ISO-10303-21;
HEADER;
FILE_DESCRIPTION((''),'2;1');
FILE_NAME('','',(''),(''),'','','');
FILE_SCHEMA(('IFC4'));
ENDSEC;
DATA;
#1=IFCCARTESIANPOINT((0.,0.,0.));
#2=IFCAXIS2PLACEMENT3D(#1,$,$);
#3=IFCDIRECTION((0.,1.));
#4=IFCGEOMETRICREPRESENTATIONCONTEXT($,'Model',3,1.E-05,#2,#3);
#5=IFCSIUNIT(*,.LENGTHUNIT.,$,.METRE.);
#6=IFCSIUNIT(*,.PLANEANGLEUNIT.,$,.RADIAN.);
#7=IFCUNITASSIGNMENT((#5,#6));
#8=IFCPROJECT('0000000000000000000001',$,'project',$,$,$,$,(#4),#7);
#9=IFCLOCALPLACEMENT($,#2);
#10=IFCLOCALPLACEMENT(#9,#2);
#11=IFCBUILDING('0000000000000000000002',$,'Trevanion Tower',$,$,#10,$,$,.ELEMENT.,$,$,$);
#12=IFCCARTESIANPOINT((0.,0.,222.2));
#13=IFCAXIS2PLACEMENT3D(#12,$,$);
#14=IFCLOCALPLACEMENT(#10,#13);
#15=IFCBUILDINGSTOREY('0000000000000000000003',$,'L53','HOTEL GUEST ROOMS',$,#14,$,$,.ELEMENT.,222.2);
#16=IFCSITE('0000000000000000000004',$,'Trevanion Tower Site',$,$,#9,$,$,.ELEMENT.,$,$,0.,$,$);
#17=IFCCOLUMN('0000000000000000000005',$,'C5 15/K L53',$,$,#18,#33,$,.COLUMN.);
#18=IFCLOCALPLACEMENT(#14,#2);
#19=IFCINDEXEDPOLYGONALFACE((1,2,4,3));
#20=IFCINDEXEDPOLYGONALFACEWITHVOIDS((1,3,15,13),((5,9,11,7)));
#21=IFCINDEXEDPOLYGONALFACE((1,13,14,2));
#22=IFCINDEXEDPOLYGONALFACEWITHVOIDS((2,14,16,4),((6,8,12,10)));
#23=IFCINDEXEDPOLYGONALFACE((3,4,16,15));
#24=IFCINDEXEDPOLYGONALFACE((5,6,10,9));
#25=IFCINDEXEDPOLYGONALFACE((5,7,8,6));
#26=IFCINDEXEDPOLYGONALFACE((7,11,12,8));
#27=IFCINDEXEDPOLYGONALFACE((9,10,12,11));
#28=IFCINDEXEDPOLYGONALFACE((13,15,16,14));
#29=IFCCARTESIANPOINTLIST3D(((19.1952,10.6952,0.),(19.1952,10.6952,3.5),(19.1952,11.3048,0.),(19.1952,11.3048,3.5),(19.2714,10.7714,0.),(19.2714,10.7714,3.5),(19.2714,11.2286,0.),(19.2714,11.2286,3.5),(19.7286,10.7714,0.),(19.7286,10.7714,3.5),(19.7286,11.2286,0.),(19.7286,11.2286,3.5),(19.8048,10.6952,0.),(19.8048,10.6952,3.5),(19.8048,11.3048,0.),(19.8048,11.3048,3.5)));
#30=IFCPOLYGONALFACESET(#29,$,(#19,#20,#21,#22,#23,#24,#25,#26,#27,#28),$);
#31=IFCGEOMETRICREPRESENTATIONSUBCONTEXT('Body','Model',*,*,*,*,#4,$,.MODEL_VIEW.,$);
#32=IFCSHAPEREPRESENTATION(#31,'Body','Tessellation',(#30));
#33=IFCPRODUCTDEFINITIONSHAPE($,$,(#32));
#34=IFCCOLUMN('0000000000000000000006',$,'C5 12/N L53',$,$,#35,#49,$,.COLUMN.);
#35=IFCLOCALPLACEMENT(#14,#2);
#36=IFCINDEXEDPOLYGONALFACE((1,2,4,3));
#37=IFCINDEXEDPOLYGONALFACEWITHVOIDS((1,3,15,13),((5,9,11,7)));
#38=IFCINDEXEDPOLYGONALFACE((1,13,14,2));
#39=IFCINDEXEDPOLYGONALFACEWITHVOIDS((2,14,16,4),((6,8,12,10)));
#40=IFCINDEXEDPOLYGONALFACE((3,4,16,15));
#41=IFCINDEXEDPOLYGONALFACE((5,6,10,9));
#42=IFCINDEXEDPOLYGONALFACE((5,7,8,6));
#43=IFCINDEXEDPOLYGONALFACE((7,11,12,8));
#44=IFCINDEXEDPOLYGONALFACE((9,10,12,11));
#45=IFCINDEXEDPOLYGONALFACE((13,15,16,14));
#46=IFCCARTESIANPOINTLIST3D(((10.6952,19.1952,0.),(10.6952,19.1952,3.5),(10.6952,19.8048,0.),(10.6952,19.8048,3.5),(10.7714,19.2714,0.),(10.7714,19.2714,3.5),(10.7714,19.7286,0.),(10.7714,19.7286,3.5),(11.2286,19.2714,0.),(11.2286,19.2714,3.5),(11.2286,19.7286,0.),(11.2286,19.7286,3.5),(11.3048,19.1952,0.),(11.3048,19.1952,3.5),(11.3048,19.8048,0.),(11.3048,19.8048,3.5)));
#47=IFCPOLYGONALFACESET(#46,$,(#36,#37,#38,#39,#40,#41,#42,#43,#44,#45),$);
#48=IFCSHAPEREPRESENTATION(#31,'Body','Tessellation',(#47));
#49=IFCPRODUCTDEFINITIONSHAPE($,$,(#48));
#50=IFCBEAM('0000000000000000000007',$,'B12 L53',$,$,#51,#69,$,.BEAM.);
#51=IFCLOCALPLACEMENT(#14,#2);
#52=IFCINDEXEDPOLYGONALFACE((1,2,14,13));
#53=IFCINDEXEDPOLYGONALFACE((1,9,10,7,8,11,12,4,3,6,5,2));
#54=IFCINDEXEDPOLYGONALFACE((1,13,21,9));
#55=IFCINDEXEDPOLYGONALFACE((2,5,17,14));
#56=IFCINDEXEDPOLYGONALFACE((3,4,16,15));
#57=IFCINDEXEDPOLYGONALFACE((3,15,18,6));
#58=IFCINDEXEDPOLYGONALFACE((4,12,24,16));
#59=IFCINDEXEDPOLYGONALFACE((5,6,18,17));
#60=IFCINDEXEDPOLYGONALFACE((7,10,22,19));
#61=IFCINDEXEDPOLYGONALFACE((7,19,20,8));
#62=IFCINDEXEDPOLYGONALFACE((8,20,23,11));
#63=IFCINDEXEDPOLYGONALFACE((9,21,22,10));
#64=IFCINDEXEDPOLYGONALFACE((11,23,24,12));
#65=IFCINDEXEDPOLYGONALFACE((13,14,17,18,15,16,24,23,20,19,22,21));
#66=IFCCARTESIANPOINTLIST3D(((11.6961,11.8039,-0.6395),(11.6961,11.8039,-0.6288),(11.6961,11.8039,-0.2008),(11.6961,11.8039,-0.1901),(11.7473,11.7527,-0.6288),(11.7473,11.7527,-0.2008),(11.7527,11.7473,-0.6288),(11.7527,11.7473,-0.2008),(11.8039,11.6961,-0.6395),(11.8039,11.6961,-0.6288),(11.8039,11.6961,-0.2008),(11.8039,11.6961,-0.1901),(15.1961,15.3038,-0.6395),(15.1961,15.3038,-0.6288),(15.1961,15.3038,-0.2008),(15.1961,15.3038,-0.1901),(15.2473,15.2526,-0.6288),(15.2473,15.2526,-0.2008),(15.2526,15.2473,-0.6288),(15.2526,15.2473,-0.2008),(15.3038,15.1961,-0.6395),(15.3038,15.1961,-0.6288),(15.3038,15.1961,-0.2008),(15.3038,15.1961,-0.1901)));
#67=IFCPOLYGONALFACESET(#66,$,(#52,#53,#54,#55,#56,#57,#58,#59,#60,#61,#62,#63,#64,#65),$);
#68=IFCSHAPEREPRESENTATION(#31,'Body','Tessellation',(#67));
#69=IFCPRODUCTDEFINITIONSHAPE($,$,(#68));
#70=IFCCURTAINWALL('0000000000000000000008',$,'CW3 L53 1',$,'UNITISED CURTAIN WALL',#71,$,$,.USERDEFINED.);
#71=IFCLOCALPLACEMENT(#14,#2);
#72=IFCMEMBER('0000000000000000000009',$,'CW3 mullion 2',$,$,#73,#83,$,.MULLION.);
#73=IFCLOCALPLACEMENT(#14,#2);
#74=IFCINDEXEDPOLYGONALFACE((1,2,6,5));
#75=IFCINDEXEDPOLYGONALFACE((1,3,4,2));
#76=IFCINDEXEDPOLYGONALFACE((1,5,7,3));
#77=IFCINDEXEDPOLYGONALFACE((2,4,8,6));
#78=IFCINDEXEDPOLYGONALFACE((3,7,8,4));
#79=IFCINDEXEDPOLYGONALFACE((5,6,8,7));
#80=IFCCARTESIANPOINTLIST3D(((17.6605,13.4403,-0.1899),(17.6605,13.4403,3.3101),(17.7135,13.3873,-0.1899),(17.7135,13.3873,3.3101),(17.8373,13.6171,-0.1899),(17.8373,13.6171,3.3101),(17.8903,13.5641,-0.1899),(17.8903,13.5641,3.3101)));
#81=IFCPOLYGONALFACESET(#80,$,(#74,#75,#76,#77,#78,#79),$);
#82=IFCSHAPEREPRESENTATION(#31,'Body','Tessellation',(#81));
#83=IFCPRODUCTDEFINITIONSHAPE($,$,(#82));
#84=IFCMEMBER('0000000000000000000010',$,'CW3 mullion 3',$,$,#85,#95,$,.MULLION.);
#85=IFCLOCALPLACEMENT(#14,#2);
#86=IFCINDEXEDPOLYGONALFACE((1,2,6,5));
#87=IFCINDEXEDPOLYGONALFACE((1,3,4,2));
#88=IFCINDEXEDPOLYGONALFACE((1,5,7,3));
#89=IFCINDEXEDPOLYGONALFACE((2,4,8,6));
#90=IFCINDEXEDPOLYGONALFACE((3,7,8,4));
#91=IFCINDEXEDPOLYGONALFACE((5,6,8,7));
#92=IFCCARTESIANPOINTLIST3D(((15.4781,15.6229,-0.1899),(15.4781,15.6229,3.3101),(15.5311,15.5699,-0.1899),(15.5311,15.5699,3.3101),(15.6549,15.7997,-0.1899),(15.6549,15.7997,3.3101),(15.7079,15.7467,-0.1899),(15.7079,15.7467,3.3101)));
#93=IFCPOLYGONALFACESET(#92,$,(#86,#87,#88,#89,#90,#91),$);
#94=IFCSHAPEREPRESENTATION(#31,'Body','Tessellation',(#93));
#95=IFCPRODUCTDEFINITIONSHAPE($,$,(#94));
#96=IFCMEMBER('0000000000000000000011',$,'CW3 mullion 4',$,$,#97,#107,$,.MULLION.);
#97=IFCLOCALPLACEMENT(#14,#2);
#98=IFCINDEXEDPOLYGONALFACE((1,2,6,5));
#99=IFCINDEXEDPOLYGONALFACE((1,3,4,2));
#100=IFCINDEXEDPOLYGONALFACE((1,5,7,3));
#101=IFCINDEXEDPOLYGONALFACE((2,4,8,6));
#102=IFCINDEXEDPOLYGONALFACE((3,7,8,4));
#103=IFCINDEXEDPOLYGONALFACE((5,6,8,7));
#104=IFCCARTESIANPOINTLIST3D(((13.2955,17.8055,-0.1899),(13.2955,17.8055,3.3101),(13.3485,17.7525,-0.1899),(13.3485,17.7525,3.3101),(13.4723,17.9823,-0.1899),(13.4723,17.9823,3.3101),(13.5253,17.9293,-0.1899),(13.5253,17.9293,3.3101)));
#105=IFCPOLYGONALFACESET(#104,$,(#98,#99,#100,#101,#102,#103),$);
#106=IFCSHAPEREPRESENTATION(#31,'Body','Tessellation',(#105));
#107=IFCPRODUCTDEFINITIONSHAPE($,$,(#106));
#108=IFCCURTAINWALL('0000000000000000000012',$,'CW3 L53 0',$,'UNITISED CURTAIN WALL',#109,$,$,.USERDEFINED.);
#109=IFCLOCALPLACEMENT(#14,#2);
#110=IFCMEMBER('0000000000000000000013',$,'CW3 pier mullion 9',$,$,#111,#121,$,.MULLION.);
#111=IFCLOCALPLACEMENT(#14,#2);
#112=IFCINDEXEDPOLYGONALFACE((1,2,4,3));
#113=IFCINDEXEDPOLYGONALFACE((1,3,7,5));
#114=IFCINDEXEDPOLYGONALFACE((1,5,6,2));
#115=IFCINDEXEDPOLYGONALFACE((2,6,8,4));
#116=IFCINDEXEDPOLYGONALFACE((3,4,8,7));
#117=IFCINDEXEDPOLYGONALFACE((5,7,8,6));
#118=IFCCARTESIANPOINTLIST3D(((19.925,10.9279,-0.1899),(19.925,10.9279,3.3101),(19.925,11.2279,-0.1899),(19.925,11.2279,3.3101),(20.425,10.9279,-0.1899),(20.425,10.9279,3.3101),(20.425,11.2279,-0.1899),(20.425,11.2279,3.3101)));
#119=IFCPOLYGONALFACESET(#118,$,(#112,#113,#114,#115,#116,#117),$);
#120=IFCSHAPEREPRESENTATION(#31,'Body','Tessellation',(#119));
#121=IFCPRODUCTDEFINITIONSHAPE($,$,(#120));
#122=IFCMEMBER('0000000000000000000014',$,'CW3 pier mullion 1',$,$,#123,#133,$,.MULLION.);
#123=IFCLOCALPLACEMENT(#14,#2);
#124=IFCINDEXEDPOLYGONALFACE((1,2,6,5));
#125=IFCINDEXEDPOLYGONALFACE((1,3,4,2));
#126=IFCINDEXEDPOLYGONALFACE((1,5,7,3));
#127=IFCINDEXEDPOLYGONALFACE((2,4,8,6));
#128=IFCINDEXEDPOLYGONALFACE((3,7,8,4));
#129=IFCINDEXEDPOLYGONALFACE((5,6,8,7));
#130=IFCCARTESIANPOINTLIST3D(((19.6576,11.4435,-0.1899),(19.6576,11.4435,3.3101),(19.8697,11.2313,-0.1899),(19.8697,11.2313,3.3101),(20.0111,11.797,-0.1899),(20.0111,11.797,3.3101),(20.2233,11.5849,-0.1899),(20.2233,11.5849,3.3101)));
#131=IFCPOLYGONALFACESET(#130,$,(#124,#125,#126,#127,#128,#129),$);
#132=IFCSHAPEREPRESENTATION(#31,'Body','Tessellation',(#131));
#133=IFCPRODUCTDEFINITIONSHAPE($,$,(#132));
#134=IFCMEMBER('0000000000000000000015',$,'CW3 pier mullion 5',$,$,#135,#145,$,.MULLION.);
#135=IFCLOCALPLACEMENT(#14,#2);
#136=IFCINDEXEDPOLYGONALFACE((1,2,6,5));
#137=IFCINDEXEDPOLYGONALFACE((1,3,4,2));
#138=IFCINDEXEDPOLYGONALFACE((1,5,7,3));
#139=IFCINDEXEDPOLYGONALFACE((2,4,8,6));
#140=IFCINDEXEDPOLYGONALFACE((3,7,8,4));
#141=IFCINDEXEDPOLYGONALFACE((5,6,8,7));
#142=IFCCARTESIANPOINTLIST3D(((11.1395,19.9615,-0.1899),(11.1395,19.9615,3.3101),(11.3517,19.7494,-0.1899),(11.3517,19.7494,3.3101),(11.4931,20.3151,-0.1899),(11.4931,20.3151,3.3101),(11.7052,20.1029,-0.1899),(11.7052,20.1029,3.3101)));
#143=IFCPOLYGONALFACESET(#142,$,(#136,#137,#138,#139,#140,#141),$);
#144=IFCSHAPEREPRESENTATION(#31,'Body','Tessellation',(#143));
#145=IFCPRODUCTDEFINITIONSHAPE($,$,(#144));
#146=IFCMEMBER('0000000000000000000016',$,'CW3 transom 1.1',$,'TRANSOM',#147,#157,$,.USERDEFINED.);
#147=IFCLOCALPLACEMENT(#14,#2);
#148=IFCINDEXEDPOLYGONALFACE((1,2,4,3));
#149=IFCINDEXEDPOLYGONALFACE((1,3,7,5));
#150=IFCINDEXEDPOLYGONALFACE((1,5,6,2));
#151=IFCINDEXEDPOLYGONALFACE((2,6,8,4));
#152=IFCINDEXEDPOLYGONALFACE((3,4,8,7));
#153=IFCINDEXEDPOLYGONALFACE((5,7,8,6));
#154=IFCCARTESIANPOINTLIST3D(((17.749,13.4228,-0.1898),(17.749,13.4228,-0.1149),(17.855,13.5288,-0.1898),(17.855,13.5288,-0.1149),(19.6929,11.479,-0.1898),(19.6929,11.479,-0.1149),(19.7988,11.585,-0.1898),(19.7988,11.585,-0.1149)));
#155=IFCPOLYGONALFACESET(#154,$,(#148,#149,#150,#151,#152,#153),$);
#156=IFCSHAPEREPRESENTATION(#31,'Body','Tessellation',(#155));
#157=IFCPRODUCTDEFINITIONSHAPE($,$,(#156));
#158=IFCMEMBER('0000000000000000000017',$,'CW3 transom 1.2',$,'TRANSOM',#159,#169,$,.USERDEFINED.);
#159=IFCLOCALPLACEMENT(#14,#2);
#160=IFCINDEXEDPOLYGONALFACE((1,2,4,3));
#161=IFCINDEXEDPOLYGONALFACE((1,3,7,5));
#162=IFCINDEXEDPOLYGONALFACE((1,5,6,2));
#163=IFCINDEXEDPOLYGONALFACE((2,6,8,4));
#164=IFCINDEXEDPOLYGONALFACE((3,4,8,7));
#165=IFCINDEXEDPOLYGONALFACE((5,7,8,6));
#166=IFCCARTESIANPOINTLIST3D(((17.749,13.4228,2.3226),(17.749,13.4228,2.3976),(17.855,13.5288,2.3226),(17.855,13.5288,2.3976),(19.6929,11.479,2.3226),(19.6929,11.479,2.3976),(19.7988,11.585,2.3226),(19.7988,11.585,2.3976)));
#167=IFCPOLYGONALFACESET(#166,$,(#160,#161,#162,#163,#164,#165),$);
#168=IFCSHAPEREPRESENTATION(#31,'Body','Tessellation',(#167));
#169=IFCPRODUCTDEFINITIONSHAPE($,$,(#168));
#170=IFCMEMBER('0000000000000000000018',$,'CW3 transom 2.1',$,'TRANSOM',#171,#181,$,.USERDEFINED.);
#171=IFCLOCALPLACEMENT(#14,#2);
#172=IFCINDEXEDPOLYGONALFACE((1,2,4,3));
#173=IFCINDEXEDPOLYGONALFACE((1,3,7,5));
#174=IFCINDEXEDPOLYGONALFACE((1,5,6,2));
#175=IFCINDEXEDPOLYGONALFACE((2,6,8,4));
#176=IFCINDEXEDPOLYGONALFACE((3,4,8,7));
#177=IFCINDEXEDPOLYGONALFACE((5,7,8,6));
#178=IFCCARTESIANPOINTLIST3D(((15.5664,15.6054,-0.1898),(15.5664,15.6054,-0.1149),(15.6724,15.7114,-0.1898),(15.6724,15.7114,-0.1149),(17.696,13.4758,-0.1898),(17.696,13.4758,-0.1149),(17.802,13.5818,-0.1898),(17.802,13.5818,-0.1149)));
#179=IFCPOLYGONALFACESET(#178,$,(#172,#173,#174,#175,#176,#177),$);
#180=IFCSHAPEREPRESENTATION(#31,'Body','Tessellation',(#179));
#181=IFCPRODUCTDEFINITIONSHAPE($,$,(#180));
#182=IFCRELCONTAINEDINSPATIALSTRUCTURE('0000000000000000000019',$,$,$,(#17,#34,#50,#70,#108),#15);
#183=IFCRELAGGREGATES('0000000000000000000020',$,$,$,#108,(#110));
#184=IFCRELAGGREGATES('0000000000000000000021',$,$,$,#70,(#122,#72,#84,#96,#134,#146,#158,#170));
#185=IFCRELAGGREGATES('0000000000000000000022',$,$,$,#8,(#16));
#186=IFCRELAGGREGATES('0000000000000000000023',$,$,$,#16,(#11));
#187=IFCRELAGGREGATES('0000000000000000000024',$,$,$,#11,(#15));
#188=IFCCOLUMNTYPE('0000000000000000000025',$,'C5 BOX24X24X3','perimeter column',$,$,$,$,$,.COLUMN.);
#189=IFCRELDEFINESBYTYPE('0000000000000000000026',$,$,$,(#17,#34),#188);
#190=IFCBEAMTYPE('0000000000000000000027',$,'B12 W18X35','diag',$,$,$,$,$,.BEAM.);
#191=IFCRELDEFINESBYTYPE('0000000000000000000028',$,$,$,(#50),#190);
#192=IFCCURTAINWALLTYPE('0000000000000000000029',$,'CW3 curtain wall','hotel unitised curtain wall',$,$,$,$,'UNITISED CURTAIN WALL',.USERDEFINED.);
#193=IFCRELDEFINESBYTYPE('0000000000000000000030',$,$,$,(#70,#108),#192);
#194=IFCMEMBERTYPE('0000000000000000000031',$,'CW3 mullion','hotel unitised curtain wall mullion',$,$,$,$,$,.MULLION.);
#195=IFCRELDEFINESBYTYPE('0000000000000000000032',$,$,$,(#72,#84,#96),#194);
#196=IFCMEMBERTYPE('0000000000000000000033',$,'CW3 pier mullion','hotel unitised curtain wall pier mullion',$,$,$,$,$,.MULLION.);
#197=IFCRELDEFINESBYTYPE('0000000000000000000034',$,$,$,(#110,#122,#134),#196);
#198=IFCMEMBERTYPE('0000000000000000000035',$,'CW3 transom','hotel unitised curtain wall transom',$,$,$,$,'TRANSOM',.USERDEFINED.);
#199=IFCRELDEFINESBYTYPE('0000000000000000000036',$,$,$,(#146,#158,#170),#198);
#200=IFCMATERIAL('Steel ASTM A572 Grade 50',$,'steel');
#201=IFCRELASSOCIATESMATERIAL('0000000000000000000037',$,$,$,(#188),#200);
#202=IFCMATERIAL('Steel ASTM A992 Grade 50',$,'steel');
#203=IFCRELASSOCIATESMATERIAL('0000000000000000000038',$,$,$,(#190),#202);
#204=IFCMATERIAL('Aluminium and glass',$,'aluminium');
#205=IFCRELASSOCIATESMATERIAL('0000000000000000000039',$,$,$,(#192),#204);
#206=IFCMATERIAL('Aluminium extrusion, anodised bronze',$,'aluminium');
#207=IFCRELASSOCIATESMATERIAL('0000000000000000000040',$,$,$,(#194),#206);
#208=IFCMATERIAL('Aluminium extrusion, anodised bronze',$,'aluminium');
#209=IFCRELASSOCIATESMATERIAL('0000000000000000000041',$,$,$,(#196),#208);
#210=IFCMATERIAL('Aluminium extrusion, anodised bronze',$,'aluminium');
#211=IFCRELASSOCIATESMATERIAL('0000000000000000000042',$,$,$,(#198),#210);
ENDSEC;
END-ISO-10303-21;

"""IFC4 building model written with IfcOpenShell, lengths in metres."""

from ifc_helpers import new_model, si_unit, direction, frame, origin, origin_2d, place, context, subcontext, project, spatial, rectangle, hollow_rectangle, i_section, extrude, material, material_profile, profile_set, type_object, element, aggregate, save


model = new_model("IFC4")

# Units and contexts
model_context = context("Model", 3, precision=1e-05, world=origin(), true_north=direction((0.0, 1.0)))
body_context = subcontext(model_context, "Body", "Model", "MODEL_VIEW")
ifc_project = project(units=[si_unit("LENGTHUNIT", "METRE"), si_unit("PLANEANGLEUNIT", "RADIAN")], contexts=[model_context])

# Site, building, storey
site_placement = place(None, origin())
site = spatial("IfcSite", under=ifc_project, at=site_placement, Name="Trevanion Tower Site", CompositionType="ELEMENT", RefElevation=0.0)
building_placement = place(site_placement, origin())
building = spatial("IfcBuilding", under=site, at=building_placement, Name="Trevanion Tower", CompositionType="ELEMENT")
storey_placement = place(building_placement, frame((0.0, 0.0, 222.2)))
storey = spatial("IfcBuildingStorey", under=building, at=storey_placement, Name="L53", Description="HOTEL GUEST ROOMS", CompositionType="ELEMENT", Elevation=222.2)

# Columns
ifc_material_1 = material(Name="Steel ASTM A572 Grade 50", Category="steel")
ifc_material_profile_1 = material_profile(ifc_material_1, hollow_rectangle(XDim=0.6096, YDim=0.6096, WallThickness=0.0762, at=origin_2d()), Name="BOX24X24X3")
ifc_profile_set_1 = profile_set([ifc_material_profile_1], Name="Steel ASTM A572 Grade 50")
column_type = type_object("IfcColumnType", Name="C5 BOX24X24X3", Description="perimeter column", PredefinedType="COLUMN", material=ifc_profile_set_1)
for number, where, z_axis, x_axis, name in (
    (1, (19.5, 11.0, 0.0), (0.0, 0.0, 1.0), (0.0, 1.0, 0.0), "C5 15/K L53"),
    (2, (11.0, 19.5, 0.0), (0.0, 0.0, 1.0), (1.0, 0.0, 0.0), "C5 12/N L53"),
):
    element("IfcColumn", number, at=place(storey_placement, frame(where, z_axis=z_axis, x_axis=x_axis)), inside=storey, type_object=column_type, Name=name, PredefinedType="COLUMN", context=body_context, shape_type="SweptSolid", body=[
        extrude(hollow_rectangle(XDim=0.6096, YDim=0.6096, WallThickness=0.0762, at=origin_2d()), origin(), (0.0, 0.0, 1.0), 3.5),
    ])

# Beam
ifc_material_2 = material(Name="Steel ASTM A992 Grade 50", Category="steel")
ifc_material_profile_2 = material_profile(ifc_material_2, i_section(OverallWidth=0.1523, OverallDepth=0.4495, WebThickness=0.0076, FlangeThickness=0.0107, at=origin_2d()), Name="W18X35")
ifc_profile_set_2 = profile_set([ifc_material_profile_2], Name="Steel ASTM A992 Grade 50")
beam_type_1 = type_object("IfcBeamType", Name="B12 W18X35", Description="diag", PredefinedType="BEAM", material=ifc_profile_set_2)
beam_1_placement = place(storey_placement, frame((11.75, 11.75, -0.4148), z_axis=(0.707107, 0.707107, 0.0), x_axis=(-0.707107, 0.707107, 0.0)))
element("IfcBeam", 3, at=beam_1_placement, inside=storey, type_object=beam_type_1, Name="B12 L53", PredefinedType="BEAM", context=body_context, shape_type="SweptSolid", body=[
    extrude(i_section(OverallWidth=0.1523, OverallDepth=0.4495, WebThickness=0.0076, FlangeThickness=0.0107, at=origin_2d()), origin(), (0.0, 0.0, 1.0), 4.9497),
])

# Curtain wall, members
ifc_material_3 = material(Name="Aluminium and glass", Category="aluminium")
curtain_wall_type = type_object("IfcCurtainWallType", Name="CW3 curtain wall", Description="hotel unitised curtain wall", ElementType="UNITISED CURTAIN WALL", PredefinedType="USERDEFINED", material=ifc_material_3)
curtain_wall_1_placement = place(storey_placement, origin())
curtain_wall_1 = element("IfcCurtainWall", 4, at=curtain_wall_1_placement, inside=storey, type_object=curtain_wall_type, Name="CW3 L53 1", ObjectType="UNITISED CURTAIN WALL", PredefinedType="USERDEFINED")
ifc_material_4 = material(Name="Aluminium extrusion, anodised bronze", Category="aluminium")
ifc_material_profile_3 = material_profile(ifc_material_4, rectangle(XDim=0.075, YDim=0.25, at=origin_2d()), Name="CW3 mullion")
ifc_profile_set_3 = profile_set([ifc_material_profile_3], Name="Aluminium extrusion, anodised bronze")
member_type_1 = type_object("IfcMemberType", Name="CW3 mullion", Description="hotel unitised curtain wall mullion", PredefinedType="MULLION", material=ifc_profile_set_3)
member_1_placement = place(storey_placement, frame((17.7754, 13.5022, -0.1899), z_axis=(0.0, 0.0, 1.0), x_axis=(-0.707107, 0.707107, 0.0)))
member_1 = element("IfcMember", 5, at=member_1_placement, type_object=member_type_1, Name="CW3 mullion 2", PredefinedType="MULLION", context=body_context, shape_type="SweptSolid", body=[
    extrude(rectangle(XDim=0.075, YDim=0.25, at=origin_2d()), origin(), (0.0, 0.0, 1.0), 3.5),
])
member_2_placement = place(storey_placement, frame((15.593, 15.6848, -0.1899), z_axis=(0.0, 0.0, 1.0), x_axis=(-0.707107, 0.707107, 0.0)))
member_2 = element("IfcMember", 6, at=member_2_placement, type_object=member_type_1, Name="CW3 mullion 3", PredefinedType="MULLION", context=body_context, shape_type="SweptSolid", body=[
    extrude(rectangle(XDim=0.075, YDim=0.25, at=origin_2d()), origin(), (0.0, 0.0, 1.0), 3.5),
])
member_3_placement = place(storey_placement, frame((13.4104, 17.8674, -0.1899), z_axis=(0.0, 0.0, 1.0), x_axis=(-0.707107, 0.707107, 0.0)))
member_3 = element("IfcMember", 7, at=member_3_placement, type_object=member_type_1, Name="CW3 mullion 4", PredefinedType="MULLION", context=body_context, shape_type="SweptSolid", body=[
    extrude(rectangle(XDim=0.075, YDim=0.25, at=origin_2d()), origin(), (0.0, 0.0, 1.0), 3.5),
])

# Curtain wall, member
curtain_wall_2_placement = place(storey_placement, origin())
curtain_wall_2 = element("IfcCurtainWall", 8, at=curtain_wall_2_placement, inside=storey, type_object=curtain_wall_type, Name="CW3 L53 0", ObjectType="UNITISED CURTAIN WALL", PredefinedType="USERDEFINED")
ifc_material_5 = material(Name="Aluminium extrusion, anodised bronze", Category="aluminium")
ifc_material_profile_4 = material_profile(ifc_material_5, rectangle(XDim=0.3, YDim=0.5, at=origin_2d()), Name="CW3 pier mullion")
ifc_profile_set_4 = profile_set([ifc_material_profile_4], Name="Aluminium extrusion, anodised bronze")
member_type_2 = type_object("IfcMemberType", Name="CW3 pier mullion", Description="hotel unitised curtain wall pier mullion", PredefinedType="MULLION", material=ifc_profile_set_4)
member_4_placement = place(storey_placement, frame((20.175, 11.0779, -0.1899), z_axis=(0.0, 0.0, 1.0), x_axis=(0.0, 1.0, 0.0)))
member_4 = element("IfcMember", 9, at=member_4_placement, type_object=member_type_2, Name="CW3 pier mullion 9", PredefinedType="MULLION", context=body_context, shape_type="SweptSolid", body=[
    extrude(rectangle(XDim=0.3, YDim=0.5, at=origin_2d()), origin(), (0.0, 0.0, 1.0), 3.5),
])
aggregate(curtain_wall_2, [member_4])

# Members
member_5_placement = place(storey_placement, frame((19.9404, 11.5142, -0.1899), z_axis=(0.0, 0.0, 1.0), x_axis=(-0.707107, 0.707107, 0.0)))
member_5 = element("IfcMember", 10, at=member_5_placement, type_object=member_type_2, Name="CW3 pier mullion 1", PredefinedType="MULLION", context=body_context, shape_type="SweptSolid", body=[
    extrude(rectangle(XDim=0.3, YDim=0.5, at=origin_2d()), origin(), (0.0, 0.0, 1.0), 3.5),
])
member_6_placement = place(storey_placement, frame((11.4224, 20.0322, -0.1899), z_axis=(0.0, 0.0, 1.0), x_axis=(-0.707107, 0.707107, 0.0)))
member_6 = element("IfcMember", 11, at=member_6_placement, type_object=member_type_2, Name="CW3 pier mullion 5", PredefinedType="MULLION", context=body_context, shape_type="SweptSolid", body=[
    extrude(rectangle(XDim=0.3, YDim=0.5, at=origin_2d()), origin(), (0.0, 0.0, 1.0), 3.5),
])
ifc_material_6 = material(Name="Aluminium extrusion, anodised bronze", Category="aluminium")
ifc_material_profile_5 = material_profile(ifc_material_6, rectangle(XDim=0.1499, YDim=0.075, at=origin_2d()), Name="CW3 transom")
ifc_profile_set_5 = profile_set([ifc_material_profile_5], Name="Aluminium extrusion, anodised bronze")
member_type_3 = type_object("IfcMemberType", Name="CW3 transom", Description="hotel unitised curtain wall transom", ElementType="TRANSOM", PredefinedType="USERDEFINED", material=ifc_profile_set_5)
member_7_placement = place(storey_placement, frame((19.7458, 11.532, -0.1523), z_axis=(-0.707107, 0.707107, 0.0), x_axis=(-0.707107, -0.707107, 0.0)))
member_7 = element("IfcMember", 12, at=member_7_placement, type_object=member_type_3, Name="CW3 transom 1.1", ObjectType="TRANSOM", PredefinedType="USERDEFINED", context=body_context, shape_type="SweptSolid", body=[
    extrude(rectangle(XDim=0.1499, YDim=0.075, at=origin_2d()), origin(), (0.0, 0.0, 1.0), 2.749),
])
member_8_placement = place(storey_placement, frame((19.7458, 11.532, 2.3601), z_axis=(-0.707107, 0.707107, 0.0), x_axis=(-0.707107, -0.707107, 0.0)))
member_8 = element("IfcMember", 13, at=member_8_placement, type_object=member_type_3, Name="CW3 transom 1.2", ObjectType="TRANSOM", PredefinedType="USERDEFINED", context=body_context, shape_type="SweptSolid", body=[
    extrude(rectangle(XDim=0.1499, YDim=0.075, at=origin_2d()), origin(), (0.0, 0.0, 1.0), 2.749),
])
member_9_placement = place(storey_placement, frame((17.749, 13.5288, -0.1523), z_axis=(-0.707107, 0.707107, 0.0), x_axis=(-0.707107, -0.707107, 0.0)))
member_9 = element("IfcMember", 14, at=member_9_placement, type_object=member_type_3, Name="CW3 transom 2.1", ObjectType="TRANSOM", PredefinedType="USERDEFINED", context=body_context, shape_type="SweptSolid", body=[
    extrude(rectangle(XDim=0.1499, YDim=0.075, at=origin_2d()), origin(), (0.0, 0.0, 1.0), 3.0117),
])

aggregate(curtain_wall_1, [member_5, member_1, member_2, member_3, member_6, member_7, member_8, member_9])

save(model, "model.ifc")
